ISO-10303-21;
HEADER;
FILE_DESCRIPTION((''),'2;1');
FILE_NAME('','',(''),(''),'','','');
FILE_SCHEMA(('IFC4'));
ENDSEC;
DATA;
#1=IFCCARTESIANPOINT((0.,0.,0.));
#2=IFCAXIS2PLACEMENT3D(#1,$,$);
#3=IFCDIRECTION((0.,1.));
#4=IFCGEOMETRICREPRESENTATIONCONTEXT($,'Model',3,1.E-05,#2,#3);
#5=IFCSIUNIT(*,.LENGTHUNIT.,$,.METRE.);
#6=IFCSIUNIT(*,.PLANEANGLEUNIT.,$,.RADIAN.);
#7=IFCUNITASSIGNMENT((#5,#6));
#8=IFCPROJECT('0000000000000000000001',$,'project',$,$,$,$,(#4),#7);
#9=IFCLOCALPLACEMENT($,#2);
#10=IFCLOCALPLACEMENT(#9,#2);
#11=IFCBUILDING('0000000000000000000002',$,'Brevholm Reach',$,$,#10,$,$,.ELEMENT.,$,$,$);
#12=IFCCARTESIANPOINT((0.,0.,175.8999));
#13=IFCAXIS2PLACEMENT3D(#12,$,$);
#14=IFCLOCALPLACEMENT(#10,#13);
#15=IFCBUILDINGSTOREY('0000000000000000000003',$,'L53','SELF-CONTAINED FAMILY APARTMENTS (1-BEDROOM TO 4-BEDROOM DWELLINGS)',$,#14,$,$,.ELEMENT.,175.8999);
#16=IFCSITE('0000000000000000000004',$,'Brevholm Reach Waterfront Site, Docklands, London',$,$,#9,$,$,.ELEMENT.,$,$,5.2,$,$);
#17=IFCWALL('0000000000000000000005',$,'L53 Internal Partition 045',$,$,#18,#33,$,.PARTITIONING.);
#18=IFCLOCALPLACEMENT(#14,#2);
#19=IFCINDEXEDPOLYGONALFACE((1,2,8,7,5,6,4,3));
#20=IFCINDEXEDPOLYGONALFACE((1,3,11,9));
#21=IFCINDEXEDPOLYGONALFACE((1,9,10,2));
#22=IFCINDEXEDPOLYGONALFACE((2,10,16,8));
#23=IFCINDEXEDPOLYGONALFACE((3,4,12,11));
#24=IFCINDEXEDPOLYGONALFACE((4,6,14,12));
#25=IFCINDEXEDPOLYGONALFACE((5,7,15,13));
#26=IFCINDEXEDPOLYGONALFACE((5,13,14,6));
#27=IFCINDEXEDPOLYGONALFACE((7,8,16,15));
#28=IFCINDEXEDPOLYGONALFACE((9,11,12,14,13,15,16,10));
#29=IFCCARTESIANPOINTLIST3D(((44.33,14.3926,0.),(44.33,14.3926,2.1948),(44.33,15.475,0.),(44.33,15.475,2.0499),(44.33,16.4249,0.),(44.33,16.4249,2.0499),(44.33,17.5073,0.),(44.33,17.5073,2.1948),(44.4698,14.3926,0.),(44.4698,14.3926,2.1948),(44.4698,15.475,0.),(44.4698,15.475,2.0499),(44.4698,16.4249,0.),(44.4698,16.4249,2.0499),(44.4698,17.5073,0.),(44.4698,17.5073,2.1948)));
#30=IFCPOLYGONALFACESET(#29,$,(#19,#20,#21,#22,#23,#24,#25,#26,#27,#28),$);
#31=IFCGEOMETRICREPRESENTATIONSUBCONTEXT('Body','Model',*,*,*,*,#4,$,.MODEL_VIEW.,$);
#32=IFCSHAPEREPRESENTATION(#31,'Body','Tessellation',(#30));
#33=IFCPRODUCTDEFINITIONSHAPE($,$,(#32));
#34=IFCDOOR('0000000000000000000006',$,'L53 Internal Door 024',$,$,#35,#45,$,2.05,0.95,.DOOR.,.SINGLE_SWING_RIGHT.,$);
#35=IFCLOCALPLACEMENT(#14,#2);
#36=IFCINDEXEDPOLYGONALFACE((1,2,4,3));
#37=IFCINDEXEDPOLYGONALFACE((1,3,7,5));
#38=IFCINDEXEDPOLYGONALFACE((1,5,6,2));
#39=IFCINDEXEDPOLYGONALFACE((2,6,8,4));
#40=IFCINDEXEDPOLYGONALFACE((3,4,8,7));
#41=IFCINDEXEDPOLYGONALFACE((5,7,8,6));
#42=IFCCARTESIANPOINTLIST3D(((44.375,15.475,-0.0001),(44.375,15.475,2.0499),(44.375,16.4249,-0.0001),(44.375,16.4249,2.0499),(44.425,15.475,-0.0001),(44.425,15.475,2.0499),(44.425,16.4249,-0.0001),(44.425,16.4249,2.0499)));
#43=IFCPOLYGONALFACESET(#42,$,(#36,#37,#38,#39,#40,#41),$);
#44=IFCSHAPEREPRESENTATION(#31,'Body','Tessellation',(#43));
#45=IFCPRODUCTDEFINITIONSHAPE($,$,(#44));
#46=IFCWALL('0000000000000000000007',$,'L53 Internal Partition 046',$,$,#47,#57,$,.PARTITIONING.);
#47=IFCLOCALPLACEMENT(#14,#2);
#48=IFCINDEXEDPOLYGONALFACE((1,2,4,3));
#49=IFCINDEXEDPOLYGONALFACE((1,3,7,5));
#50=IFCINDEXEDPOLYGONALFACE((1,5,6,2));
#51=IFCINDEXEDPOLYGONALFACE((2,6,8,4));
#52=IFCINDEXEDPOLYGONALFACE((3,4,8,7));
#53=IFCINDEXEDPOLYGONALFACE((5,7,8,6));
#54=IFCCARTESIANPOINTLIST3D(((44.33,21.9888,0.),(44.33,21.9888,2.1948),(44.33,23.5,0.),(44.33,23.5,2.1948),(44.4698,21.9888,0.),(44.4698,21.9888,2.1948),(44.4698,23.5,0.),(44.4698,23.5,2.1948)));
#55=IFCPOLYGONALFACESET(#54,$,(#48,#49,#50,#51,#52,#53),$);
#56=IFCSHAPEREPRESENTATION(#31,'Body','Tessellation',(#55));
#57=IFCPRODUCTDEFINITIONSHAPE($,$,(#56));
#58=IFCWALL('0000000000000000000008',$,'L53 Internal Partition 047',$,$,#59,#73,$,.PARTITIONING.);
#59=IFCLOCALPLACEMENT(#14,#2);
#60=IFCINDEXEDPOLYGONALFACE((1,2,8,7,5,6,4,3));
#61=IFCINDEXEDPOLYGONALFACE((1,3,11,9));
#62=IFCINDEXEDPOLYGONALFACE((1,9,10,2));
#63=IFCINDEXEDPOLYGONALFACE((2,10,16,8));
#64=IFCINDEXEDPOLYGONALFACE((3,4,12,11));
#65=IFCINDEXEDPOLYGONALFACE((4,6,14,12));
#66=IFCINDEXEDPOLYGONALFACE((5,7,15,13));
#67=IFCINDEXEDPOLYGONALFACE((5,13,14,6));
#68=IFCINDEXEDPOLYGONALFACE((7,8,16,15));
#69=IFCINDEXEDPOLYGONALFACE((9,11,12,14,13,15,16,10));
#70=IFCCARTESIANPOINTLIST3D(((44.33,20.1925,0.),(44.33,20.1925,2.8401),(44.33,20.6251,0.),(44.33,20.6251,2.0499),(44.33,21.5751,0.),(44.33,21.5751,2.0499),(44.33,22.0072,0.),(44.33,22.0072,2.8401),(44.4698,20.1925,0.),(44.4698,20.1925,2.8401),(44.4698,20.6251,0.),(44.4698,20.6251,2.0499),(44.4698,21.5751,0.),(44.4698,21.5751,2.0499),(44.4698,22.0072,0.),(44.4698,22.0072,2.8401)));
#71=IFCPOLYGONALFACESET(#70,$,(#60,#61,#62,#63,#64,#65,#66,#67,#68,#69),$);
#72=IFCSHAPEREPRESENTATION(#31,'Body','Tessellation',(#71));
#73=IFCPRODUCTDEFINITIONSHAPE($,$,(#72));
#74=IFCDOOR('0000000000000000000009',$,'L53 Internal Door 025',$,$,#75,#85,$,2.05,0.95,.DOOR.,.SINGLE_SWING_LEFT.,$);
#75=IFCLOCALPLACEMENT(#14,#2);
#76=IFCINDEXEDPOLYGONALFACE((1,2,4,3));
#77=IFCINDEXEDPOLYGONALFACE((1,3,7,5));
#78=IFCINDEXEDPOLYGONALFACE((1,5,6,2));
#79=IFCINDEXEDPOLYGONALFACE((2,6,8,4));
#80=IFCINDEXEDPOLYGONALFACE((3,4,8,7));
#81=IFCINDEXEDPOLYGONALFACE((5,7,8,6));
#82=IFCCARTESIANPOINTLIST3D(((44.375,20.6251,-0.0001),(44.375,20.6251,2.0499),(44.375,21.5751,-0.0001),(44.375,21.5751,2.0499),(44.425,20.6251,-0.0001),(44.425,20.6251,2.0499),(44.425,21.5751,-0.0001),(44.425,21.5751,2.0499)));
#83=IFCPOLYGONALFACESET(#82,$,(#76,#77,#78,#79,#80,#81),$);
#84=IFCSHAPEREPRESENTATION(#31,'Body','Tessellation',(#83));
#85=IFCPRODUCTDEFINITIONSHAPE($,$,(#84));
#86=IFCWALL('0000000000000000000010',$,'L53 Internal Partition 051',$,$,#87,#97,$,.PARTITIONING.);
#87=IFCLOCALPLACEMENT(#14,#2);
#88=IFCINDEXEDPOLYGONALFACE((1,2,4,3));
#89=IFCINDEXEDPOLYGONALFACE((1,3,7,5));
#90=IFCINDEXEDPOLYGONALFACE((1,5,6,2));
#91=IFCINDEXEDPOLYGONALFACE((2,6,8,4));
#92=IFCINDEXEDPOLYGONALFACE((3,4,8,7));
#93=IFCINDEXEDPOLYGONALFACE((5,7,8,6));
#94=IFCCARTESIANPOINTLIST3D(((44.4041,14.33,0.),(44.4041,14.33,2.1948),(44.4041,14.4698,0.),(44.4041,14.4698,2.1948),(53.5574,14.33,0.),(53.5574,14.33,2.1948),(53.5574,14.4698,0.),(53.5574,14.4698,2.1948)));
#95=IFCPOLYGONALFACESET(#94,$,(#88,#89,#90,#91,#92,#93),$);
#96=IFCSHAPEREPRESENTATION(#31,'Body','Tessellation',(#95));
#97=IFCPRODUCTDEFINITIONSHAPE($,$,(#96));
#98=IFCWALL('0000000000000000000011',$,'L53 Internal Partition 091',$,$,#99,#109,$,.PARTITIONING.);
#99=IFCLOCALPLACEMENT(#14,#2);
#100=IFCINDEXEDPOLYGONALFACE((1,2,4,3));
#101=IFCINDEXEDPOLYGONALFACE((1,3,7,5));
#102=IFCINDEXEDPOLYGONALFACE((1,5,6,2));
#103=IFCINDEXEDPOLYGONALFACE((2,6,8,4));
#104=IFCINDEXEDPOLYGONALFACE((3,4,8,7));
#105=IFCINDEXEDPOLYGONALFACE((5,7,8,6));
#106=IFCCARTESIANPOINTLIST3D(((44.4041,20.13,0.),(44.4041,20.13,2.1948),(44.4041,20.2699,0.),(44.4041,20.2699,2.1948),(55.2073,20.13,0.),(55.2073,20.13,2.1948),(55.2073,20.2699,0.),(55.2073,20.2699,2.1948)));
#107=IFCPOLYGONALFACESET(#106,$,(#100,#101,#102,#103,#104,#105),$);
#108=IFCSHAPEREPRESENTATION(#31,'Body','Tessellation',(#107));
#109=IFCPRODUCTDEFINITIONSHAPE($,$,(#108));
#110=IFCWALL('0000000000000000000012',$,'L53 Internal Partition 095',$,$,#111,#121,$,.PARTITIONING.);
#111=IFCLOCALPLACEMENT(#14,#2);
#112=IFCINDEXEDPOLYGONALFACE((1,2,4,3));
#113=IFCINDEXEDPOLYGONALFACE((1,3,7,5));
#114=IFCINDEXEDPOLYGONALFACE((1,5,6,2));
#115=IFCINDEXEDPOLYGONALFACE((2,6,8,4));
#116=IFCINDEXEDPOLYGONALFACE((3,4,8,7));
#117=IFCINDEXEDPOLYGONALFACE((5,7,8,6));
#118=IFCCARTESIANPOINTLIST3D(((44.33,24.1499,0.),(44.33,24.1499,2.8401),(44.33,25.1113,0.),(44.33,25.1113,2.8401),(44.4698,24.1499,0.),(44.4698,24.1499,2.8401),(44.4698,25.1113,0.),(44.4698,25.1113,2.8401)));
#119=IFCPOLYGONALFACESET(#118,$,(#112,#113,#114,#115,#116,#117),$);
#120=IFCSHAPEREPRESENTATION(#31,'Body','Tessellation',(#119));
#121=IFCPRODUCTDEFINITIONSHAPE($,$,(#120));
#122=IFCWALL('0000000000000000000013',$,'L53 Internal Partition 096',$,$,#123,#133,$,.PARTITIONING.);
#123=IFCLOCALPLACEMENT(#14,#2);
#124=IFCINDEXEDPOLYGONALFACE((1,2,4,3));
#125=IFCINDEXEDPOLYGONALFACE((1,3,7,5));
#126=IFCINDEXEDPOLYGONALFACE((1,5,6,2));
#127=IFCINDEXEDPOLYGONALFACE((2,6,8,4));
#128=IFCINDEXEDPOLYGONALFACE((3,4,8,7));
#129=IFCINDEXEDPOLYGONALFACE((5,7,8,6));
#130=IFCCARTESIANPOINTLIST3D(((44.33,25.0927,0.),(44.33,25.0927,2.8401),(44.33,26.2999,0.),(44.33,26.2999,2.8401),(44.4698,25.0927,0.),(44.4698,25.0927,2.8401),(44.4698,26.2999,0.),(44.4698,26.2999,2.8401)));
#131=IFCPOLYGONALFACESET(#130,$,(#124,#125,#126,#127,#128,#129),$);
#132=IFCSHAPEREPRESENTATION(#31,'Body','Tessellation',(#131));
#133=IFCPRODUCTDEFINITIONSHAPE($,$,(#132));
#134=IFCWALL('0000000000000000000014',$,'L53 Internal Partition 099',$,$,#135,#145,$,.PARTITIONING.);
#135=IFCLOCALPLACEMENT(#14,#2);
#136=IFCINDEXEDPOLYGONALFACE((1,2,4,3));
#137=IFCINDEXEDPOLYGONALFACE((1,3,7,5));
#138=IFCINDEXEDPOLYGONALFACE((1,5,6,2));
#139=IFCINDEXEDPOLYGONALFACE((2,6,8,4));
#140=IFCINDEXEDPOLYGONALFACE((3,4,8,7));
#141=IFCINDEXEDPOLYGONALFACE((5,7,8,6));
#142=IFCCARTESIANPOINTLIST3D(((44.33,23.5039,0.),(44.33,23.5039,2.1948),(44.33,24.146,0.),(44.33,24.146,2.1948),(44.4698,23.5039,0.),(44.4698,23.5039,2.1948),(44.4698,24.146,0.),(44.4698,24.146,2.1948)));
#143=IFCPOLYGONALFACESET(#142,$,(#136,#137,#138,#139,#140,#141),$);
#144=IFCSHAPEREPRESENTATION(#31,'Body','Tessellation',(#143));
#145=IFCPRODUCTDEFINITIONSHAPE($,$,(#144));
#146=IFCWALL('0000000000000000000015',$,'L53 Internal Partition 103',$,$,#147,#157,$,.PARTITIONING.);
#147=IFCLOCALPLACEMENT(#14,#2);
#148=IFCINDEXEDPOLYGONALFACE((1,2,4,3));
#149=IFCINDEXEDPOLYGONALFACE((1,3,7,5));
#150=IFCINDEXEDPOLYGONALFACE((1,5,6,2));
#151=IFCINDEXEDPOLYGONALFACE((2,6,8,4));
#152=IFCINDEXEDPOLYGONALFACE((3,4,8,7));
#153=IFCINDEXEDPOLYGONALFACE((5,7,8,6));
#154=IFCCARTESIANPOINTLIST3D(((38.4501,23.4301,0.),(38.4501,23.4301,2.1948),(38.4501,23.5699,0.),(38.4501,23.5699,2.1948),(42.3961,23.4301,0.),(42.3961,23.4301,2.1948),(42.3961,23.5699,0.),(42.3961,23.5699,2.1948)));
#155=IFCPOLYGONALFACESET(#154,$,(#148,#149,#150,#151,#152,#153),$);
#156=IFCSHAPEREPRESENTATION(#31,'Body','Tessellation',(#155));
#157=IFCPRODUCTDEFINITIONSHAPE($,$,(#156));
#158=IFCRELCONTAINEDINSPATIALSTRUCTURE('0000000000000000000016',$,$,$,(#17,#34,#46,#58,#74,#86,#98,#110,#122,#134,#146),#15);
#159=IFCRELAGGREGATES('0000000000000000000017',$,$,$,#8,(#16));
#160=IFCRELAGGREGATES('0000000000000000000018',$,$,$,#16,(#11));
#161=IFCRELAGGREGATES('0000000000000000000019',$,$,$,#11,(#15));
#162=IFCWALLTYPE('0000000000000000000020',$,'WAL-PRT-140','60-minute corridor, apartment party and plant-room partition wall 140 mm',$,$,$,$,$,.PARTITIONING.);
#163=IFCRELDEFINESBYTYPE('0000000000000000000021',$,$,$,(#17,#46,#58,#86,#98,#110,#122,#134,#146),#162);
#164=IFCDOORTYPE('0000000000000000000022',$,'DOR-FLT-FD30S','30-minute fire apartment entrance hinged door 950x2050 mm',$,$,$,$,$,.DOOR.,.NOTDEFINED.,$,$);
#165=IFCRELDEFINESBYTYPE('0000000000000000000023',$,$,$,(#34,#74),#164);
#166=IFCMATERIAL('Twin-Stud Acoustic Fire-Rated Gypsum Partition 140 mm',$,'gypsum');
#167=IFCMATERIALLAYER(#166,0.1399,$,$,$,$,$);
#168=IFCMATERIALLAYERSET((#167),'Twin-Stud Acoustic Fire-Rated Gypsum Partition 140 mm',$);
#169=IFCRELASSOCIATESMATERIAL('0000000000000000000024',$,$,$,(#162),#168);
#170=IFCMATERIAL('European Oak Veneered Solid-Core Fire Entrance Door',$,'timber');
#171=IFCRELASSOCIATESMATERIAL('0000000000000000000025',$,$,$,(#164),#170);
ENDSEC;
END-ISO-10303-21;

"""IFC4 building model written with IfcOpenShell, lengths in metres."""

from ifc_helpers import new_model, si_unit, direction, frame, frame_2d, origin, place, context, subcontext, project, spatial, rectangle, extrude, material, layer, layer_set, type_object, element, fill, save


model = new_model("IFC4")

# Units and contexts
model_context = context("Model", 3, precision=1e-05, world=origin(), true_north=direction((0.0, 1.0)))
body_context = subcontext(model_context, "Body", "Model", "MODEL_VIEW")
ifc_project = project(units=[si_unit("LENGTHUNIT", "METRE"), si_unit("PLANEANGLEUNIT", "RADIAN")], contexts=[model_context])

# Site, building, storey
site_placement = place(None, origin())
site = spatial("IfcSite", under=ifc_project, at=site_placement, Name="Brevholm Reach Waterfront Site, Docklands, London", CompositionType="ELEMENT", RefElevation=5.2)
building_placement = place(site_placement, origin())
building = spatial("IfcBuilding", under=site, at=building_placement, Name="Brevholm Reach", CompositionType="ELEMENT")
storey_placement = place(building_placement, frame((0.0, 0.0, 175.8999)))
storey = spatial("IfcBuildingStorey", under=building, at=storey_placement, Name="L53", Description="SELF-CONTAINED FAMILY APARTMENTS (1-BEDROOM TO 4-BEDROOM DWELLINGS)", CompositionType="ELEMENT", Elevation=175.8999)

# Shared definitions
ifc_material_1 = material(Name="Twin-Stud Acoustic Fire-Rated Gypsum Partition 140 mm", Category="gypsum")
ifc_layer_1 = layer(ifc_material_1, 0.1399)
ifc_layer_set_1 = layer_set([ifc_layer_1], Name="Twin-Stud Acoustic Fire-Rated Gypsum Partition 140 mm")
wall_type_1 = type_object("IfcWallType", Name="WAL-PRT-140", Description="60-minute corridor, apartment party and plant-room partition wall 140 mm", PredefinedType="PARTITIONING", material=ifc_layer_set_1)

# Wall, opening, door
wall_1_placement = place(storey_placement, frame((44.3999, 14.3926, 0.0), z_axis=(0.0, 0.0, 1.0), x_axis=(0.0, 1.0, 0.0)))
wall_1 = element("IfcWall", 1, at=wall_1_placement, inside=storey, type_object=wall_type_1, Name="L53 Internal Partition 045", PredefinedType="PARTITIONING", context=body_context, shape_type="SweptSolid", body=[
    extrude(rectangle(XDim=3.1147, YDim=0.1399, at=frame_2d((1.5574, 0.0))), origin(), (0.0, 0.0, 1.0), 2.1948),
])
opening_1_placement = place(wall_1_placement, frame((1.0823, 0.0, 0.0)))
opening_1 = element("IfcOpeningElement", 2, at=opening_1_placement, cuts=wall_1, PredefinedType="OPENING", context=body_context, shape_type="SweptSolid", body=[
    extrude(rectangle(XDim=0.95, YDim=2.05, at=frame_2d((0.4751, 1.0249))), frame((0.0, 0.0798, 0.0), z_axis=(0.0, -1.0, 0.0), x_axis=(1.0, 0.0, 0.0)), (0.0, 0.0, 1.0), 0.1599),
])
ifc_material_2 = material(Name="European Oak Veneered Solid-Core Fire Entrance Door", Category="timber")
door_type_1 = type_object("IfcDoorType", Name="DOR-FLT-FD30S", Description="30-minute fire apartment entrance hinged door 950x2050 mm", OperationType="NOTDEFINED", PredefinedType="DOOR", material=ifc_material_2)
door_1_placement = place(opening_1_placement, origin())
door_1 = element("IfcDoor", 3, at=door_1_placement, inside=storey, type_object=door_type_1, Name="L53 Internal Door 024", OperationType="SINGLE_SWING_RIGHT", OverallHeight=2.05, OverallWidth=0.95, PredefinedType="DOOR", context=body_context, shape_type="SweptSolid", body=[
    extrude(rectangle(XDim=0.95, YDim=2.05, at=frame_2d((0.4751, 1.0249))), frame((0.0, 0.0249, 0.0), z_axis=(0.0, -1.0, 0.0), x_axis=(1.0, 0.0, 0.0)), (0.0, 0.0, 1.0), 0.05),
])
fill(opening_1, door_1)

# Wall
wall_2_placement = place(storey_placement, frame((44.3999, 21.9888, 0.0), z_axis=(0.0, 0.0, 1.0), x_axis=(0.0, 1.0, 0.0)))
element("IfcWall", 4, at=wall_2_placement, inside=storey, type_object=wall_type_1, Name="L53 Internal Partition 046", PredefinedType="PARTITIONING", context=body_context, shape_type="SweptSolid", body=[
    extrude(rectangle(XDim=1.5112, YDim=0.1399, at=frame_2d((0.7556, 0.0))), origin(), (0.0, 0.0, 1.0), 2.1948),
])

# Wall, opening, door
wall_3_placement = place(storey_placement, frame((44.3999, 20.1926, 0.0), z_axis=(0.0, 0.0, 1.0), x_axis=(0.0, 1.0, 0.0)))
wall_3 = element("IfcWall", 5, at=wall_3_placement, inside=storey, type_object=wall_type_1, Name="L53 Internal Partition 047", PredefinedType="PARTITIONING", context=body_context, shape_type="SweptSolid", body=[
    extrude(rectangle(XDim=1.8147, YDim=0.1399, at=frame_2d((0.9072, 0.0))), origin(), (0.0, 0.0, 1.0), 2.8401),
])
opening_2_placement = place(wall_3_placement, frame((0.4324, 0.0, 0.0)))
opening_2 = element("IfcOpeningElement", 6, at=opening_2_placement, cuts=wall_3, PredefinedType="OPENING", context=body_context, shape_type="SweptSolid", body=[
    extrude(rectangle(XDim=0.95, YDim=2.05, at=frame_2d((0.4751, 1.0249))), frame((0.0, 0.0798, 0.0), z_axis=(0.0, -1.0, 0.0), x_axis=(1.0, 0.0, 0.0)), (0.0, 0.0, 1.0), 0.1599),
])
door_2_placement = place(opening_2_placement, origin())
door_2 = element("IfcDoor", 7, at=door_2_placement, inside=storey, type_object=door_type_1, Name="L53 Internal Door 025", OperationType="SINGLE_SWING_LEFT", OverallHeight=2.05, OverallWidth=0.95, PredefinedType="DOOR", context=body_context, shape_type="SweptSolid", body=[
    extrude(rectangle(XDim=0.95, YDim=2.05, at=frame_2d((0.4751, 1.0249))), frame((0.0, 0.0249, 0.0), z_axis=(0.0, -1.0, 0.0), x_axis=(1.0, 0.0, 0.0)), (0.0, 0.0, 1.0), 0.05),
])
fill(opening_2, door_2)

# Walls
wall_4_placement = place(storey_placement, frame((44.4041, 14.3999, 0.0), z_axis=(0.0, 0.0, 1.0), x_axis=(1.0, 0.0, 0.0)))
element("IfcWall", 8, at=wall_4_placement, inside=storey, type_object=wall_type_1, Name="L53 Internal Partition 051", PredefinedType="PARTITIONING", context=body_context, shape_type="SweptSolid", body=[
    extrude(rectangle(XDim=9.1533, YDim=0.1399, at=frame_2d((4.5767, 0.0))), origin(), (0.0, 0.0, 1.0), 2.1948),
])
wall_5_placement = place(storey_placement, frame((44.4041, 20.2, 0.0), z_axis=(0.0, 0.0, 1.0), x_axis=(1.0, 0.0, 0.0)))
element("IfcWall", 9, at=wall_5_placement, inside=storey, type_object=wall_type_1, Name="L53 Internal Partition 091", PredefinedType="PARTITIONING", context=body_context, shape_type="SweptSolid", body=[
    extrude(rectangle(XDim=10.8032, YDim=0.1399, at=frame_2d((5.4016, 0.0))), origin(), (0.0, 0.0, 1.0), 2.1948),
])
wall_6_placement = place(storey_placement, frame((44.3999, 24.1499, 0.0), z_axis=(0.0, 0.0, 1.0), x_axis=(0.0, 1.0, 0.0)))
element("IfcWall", 10, at=wall_6_placement, inside=storey, type_object=wall_type_1, Name="L53 Internal Partition 095", PredefinedType="PARTITIONING", context=body_context, shape_type="SweptSolid", body=[
    extrude(rectangle(XDim=0.9614, YDim=0.1399, at=frame_2d((0.4807, 0.0))), origin(), (0.0, 0.0, 1.0), 2.8401),
])
wall_7_placement = place(storey_placement, frame((44.3999, 25.0928, 0.0), z_axis=(0.0, 0.0, 1.0), x_axis=(0.0, 1.0, 0.0)))
element("IfcWall", 11, at=wall_7_placement, inside=storey, type_object=wall_type_1, Name="L53 Internal Partition 096", PredefinedType="PARTITIONING", context=body_context, shape_type="SweptSolid", body=[
    extrude(rectangle(XDim=1.2073, YDim=0.1399, at=frame_2d((0.6035, 0.0))), origin(), (0.0, 0.0, 1.0), 2.8401),
])
wall_8_placement = place(storey_placement, frame((44.3999, 23.5039, 0.0), z_axis=(0.0, 0.0, 1.0), x_axis=(0.0, 1.0, 0.0)))
element("IfcWall", 12, at=wall_8_placement, inside=storey, type_object=wall_type_1, Name="L53 Internal Partition 099", PredefinedType="PARTITIONING", context=body_context, shape_type="SweptSolid", body=[
    extrude(rectangle(XDim=0.6421, YDim=0.1399, at=frame_2d((0.321, 0.0))), origin(), (0.0, 0.0, 1.0), 2.1948),
])
wall_9_placement = place(storey_placement, frame((38.45, 23.5, 0.0), z_axis=(0.0, 0.0, 1.0), x_axis=(1.0, 0.0, 0.0)))
element("IfcWall", 13, at=wall_9_placement, inside=storey, type_object=wall_type_1, Name="L53 Internal Partition 103", PredefinedType="PARTITIONING", context=body_context, shape_type="SweptSolid", body=[
    extrude(rectangle(XDim=3.946, YDim=0.1399, at=frame_2d((1.9731, 0.0))), origin(), (0.0, 0.0, 1.0), 2.1948),
])

save(model, "model.ifc")
